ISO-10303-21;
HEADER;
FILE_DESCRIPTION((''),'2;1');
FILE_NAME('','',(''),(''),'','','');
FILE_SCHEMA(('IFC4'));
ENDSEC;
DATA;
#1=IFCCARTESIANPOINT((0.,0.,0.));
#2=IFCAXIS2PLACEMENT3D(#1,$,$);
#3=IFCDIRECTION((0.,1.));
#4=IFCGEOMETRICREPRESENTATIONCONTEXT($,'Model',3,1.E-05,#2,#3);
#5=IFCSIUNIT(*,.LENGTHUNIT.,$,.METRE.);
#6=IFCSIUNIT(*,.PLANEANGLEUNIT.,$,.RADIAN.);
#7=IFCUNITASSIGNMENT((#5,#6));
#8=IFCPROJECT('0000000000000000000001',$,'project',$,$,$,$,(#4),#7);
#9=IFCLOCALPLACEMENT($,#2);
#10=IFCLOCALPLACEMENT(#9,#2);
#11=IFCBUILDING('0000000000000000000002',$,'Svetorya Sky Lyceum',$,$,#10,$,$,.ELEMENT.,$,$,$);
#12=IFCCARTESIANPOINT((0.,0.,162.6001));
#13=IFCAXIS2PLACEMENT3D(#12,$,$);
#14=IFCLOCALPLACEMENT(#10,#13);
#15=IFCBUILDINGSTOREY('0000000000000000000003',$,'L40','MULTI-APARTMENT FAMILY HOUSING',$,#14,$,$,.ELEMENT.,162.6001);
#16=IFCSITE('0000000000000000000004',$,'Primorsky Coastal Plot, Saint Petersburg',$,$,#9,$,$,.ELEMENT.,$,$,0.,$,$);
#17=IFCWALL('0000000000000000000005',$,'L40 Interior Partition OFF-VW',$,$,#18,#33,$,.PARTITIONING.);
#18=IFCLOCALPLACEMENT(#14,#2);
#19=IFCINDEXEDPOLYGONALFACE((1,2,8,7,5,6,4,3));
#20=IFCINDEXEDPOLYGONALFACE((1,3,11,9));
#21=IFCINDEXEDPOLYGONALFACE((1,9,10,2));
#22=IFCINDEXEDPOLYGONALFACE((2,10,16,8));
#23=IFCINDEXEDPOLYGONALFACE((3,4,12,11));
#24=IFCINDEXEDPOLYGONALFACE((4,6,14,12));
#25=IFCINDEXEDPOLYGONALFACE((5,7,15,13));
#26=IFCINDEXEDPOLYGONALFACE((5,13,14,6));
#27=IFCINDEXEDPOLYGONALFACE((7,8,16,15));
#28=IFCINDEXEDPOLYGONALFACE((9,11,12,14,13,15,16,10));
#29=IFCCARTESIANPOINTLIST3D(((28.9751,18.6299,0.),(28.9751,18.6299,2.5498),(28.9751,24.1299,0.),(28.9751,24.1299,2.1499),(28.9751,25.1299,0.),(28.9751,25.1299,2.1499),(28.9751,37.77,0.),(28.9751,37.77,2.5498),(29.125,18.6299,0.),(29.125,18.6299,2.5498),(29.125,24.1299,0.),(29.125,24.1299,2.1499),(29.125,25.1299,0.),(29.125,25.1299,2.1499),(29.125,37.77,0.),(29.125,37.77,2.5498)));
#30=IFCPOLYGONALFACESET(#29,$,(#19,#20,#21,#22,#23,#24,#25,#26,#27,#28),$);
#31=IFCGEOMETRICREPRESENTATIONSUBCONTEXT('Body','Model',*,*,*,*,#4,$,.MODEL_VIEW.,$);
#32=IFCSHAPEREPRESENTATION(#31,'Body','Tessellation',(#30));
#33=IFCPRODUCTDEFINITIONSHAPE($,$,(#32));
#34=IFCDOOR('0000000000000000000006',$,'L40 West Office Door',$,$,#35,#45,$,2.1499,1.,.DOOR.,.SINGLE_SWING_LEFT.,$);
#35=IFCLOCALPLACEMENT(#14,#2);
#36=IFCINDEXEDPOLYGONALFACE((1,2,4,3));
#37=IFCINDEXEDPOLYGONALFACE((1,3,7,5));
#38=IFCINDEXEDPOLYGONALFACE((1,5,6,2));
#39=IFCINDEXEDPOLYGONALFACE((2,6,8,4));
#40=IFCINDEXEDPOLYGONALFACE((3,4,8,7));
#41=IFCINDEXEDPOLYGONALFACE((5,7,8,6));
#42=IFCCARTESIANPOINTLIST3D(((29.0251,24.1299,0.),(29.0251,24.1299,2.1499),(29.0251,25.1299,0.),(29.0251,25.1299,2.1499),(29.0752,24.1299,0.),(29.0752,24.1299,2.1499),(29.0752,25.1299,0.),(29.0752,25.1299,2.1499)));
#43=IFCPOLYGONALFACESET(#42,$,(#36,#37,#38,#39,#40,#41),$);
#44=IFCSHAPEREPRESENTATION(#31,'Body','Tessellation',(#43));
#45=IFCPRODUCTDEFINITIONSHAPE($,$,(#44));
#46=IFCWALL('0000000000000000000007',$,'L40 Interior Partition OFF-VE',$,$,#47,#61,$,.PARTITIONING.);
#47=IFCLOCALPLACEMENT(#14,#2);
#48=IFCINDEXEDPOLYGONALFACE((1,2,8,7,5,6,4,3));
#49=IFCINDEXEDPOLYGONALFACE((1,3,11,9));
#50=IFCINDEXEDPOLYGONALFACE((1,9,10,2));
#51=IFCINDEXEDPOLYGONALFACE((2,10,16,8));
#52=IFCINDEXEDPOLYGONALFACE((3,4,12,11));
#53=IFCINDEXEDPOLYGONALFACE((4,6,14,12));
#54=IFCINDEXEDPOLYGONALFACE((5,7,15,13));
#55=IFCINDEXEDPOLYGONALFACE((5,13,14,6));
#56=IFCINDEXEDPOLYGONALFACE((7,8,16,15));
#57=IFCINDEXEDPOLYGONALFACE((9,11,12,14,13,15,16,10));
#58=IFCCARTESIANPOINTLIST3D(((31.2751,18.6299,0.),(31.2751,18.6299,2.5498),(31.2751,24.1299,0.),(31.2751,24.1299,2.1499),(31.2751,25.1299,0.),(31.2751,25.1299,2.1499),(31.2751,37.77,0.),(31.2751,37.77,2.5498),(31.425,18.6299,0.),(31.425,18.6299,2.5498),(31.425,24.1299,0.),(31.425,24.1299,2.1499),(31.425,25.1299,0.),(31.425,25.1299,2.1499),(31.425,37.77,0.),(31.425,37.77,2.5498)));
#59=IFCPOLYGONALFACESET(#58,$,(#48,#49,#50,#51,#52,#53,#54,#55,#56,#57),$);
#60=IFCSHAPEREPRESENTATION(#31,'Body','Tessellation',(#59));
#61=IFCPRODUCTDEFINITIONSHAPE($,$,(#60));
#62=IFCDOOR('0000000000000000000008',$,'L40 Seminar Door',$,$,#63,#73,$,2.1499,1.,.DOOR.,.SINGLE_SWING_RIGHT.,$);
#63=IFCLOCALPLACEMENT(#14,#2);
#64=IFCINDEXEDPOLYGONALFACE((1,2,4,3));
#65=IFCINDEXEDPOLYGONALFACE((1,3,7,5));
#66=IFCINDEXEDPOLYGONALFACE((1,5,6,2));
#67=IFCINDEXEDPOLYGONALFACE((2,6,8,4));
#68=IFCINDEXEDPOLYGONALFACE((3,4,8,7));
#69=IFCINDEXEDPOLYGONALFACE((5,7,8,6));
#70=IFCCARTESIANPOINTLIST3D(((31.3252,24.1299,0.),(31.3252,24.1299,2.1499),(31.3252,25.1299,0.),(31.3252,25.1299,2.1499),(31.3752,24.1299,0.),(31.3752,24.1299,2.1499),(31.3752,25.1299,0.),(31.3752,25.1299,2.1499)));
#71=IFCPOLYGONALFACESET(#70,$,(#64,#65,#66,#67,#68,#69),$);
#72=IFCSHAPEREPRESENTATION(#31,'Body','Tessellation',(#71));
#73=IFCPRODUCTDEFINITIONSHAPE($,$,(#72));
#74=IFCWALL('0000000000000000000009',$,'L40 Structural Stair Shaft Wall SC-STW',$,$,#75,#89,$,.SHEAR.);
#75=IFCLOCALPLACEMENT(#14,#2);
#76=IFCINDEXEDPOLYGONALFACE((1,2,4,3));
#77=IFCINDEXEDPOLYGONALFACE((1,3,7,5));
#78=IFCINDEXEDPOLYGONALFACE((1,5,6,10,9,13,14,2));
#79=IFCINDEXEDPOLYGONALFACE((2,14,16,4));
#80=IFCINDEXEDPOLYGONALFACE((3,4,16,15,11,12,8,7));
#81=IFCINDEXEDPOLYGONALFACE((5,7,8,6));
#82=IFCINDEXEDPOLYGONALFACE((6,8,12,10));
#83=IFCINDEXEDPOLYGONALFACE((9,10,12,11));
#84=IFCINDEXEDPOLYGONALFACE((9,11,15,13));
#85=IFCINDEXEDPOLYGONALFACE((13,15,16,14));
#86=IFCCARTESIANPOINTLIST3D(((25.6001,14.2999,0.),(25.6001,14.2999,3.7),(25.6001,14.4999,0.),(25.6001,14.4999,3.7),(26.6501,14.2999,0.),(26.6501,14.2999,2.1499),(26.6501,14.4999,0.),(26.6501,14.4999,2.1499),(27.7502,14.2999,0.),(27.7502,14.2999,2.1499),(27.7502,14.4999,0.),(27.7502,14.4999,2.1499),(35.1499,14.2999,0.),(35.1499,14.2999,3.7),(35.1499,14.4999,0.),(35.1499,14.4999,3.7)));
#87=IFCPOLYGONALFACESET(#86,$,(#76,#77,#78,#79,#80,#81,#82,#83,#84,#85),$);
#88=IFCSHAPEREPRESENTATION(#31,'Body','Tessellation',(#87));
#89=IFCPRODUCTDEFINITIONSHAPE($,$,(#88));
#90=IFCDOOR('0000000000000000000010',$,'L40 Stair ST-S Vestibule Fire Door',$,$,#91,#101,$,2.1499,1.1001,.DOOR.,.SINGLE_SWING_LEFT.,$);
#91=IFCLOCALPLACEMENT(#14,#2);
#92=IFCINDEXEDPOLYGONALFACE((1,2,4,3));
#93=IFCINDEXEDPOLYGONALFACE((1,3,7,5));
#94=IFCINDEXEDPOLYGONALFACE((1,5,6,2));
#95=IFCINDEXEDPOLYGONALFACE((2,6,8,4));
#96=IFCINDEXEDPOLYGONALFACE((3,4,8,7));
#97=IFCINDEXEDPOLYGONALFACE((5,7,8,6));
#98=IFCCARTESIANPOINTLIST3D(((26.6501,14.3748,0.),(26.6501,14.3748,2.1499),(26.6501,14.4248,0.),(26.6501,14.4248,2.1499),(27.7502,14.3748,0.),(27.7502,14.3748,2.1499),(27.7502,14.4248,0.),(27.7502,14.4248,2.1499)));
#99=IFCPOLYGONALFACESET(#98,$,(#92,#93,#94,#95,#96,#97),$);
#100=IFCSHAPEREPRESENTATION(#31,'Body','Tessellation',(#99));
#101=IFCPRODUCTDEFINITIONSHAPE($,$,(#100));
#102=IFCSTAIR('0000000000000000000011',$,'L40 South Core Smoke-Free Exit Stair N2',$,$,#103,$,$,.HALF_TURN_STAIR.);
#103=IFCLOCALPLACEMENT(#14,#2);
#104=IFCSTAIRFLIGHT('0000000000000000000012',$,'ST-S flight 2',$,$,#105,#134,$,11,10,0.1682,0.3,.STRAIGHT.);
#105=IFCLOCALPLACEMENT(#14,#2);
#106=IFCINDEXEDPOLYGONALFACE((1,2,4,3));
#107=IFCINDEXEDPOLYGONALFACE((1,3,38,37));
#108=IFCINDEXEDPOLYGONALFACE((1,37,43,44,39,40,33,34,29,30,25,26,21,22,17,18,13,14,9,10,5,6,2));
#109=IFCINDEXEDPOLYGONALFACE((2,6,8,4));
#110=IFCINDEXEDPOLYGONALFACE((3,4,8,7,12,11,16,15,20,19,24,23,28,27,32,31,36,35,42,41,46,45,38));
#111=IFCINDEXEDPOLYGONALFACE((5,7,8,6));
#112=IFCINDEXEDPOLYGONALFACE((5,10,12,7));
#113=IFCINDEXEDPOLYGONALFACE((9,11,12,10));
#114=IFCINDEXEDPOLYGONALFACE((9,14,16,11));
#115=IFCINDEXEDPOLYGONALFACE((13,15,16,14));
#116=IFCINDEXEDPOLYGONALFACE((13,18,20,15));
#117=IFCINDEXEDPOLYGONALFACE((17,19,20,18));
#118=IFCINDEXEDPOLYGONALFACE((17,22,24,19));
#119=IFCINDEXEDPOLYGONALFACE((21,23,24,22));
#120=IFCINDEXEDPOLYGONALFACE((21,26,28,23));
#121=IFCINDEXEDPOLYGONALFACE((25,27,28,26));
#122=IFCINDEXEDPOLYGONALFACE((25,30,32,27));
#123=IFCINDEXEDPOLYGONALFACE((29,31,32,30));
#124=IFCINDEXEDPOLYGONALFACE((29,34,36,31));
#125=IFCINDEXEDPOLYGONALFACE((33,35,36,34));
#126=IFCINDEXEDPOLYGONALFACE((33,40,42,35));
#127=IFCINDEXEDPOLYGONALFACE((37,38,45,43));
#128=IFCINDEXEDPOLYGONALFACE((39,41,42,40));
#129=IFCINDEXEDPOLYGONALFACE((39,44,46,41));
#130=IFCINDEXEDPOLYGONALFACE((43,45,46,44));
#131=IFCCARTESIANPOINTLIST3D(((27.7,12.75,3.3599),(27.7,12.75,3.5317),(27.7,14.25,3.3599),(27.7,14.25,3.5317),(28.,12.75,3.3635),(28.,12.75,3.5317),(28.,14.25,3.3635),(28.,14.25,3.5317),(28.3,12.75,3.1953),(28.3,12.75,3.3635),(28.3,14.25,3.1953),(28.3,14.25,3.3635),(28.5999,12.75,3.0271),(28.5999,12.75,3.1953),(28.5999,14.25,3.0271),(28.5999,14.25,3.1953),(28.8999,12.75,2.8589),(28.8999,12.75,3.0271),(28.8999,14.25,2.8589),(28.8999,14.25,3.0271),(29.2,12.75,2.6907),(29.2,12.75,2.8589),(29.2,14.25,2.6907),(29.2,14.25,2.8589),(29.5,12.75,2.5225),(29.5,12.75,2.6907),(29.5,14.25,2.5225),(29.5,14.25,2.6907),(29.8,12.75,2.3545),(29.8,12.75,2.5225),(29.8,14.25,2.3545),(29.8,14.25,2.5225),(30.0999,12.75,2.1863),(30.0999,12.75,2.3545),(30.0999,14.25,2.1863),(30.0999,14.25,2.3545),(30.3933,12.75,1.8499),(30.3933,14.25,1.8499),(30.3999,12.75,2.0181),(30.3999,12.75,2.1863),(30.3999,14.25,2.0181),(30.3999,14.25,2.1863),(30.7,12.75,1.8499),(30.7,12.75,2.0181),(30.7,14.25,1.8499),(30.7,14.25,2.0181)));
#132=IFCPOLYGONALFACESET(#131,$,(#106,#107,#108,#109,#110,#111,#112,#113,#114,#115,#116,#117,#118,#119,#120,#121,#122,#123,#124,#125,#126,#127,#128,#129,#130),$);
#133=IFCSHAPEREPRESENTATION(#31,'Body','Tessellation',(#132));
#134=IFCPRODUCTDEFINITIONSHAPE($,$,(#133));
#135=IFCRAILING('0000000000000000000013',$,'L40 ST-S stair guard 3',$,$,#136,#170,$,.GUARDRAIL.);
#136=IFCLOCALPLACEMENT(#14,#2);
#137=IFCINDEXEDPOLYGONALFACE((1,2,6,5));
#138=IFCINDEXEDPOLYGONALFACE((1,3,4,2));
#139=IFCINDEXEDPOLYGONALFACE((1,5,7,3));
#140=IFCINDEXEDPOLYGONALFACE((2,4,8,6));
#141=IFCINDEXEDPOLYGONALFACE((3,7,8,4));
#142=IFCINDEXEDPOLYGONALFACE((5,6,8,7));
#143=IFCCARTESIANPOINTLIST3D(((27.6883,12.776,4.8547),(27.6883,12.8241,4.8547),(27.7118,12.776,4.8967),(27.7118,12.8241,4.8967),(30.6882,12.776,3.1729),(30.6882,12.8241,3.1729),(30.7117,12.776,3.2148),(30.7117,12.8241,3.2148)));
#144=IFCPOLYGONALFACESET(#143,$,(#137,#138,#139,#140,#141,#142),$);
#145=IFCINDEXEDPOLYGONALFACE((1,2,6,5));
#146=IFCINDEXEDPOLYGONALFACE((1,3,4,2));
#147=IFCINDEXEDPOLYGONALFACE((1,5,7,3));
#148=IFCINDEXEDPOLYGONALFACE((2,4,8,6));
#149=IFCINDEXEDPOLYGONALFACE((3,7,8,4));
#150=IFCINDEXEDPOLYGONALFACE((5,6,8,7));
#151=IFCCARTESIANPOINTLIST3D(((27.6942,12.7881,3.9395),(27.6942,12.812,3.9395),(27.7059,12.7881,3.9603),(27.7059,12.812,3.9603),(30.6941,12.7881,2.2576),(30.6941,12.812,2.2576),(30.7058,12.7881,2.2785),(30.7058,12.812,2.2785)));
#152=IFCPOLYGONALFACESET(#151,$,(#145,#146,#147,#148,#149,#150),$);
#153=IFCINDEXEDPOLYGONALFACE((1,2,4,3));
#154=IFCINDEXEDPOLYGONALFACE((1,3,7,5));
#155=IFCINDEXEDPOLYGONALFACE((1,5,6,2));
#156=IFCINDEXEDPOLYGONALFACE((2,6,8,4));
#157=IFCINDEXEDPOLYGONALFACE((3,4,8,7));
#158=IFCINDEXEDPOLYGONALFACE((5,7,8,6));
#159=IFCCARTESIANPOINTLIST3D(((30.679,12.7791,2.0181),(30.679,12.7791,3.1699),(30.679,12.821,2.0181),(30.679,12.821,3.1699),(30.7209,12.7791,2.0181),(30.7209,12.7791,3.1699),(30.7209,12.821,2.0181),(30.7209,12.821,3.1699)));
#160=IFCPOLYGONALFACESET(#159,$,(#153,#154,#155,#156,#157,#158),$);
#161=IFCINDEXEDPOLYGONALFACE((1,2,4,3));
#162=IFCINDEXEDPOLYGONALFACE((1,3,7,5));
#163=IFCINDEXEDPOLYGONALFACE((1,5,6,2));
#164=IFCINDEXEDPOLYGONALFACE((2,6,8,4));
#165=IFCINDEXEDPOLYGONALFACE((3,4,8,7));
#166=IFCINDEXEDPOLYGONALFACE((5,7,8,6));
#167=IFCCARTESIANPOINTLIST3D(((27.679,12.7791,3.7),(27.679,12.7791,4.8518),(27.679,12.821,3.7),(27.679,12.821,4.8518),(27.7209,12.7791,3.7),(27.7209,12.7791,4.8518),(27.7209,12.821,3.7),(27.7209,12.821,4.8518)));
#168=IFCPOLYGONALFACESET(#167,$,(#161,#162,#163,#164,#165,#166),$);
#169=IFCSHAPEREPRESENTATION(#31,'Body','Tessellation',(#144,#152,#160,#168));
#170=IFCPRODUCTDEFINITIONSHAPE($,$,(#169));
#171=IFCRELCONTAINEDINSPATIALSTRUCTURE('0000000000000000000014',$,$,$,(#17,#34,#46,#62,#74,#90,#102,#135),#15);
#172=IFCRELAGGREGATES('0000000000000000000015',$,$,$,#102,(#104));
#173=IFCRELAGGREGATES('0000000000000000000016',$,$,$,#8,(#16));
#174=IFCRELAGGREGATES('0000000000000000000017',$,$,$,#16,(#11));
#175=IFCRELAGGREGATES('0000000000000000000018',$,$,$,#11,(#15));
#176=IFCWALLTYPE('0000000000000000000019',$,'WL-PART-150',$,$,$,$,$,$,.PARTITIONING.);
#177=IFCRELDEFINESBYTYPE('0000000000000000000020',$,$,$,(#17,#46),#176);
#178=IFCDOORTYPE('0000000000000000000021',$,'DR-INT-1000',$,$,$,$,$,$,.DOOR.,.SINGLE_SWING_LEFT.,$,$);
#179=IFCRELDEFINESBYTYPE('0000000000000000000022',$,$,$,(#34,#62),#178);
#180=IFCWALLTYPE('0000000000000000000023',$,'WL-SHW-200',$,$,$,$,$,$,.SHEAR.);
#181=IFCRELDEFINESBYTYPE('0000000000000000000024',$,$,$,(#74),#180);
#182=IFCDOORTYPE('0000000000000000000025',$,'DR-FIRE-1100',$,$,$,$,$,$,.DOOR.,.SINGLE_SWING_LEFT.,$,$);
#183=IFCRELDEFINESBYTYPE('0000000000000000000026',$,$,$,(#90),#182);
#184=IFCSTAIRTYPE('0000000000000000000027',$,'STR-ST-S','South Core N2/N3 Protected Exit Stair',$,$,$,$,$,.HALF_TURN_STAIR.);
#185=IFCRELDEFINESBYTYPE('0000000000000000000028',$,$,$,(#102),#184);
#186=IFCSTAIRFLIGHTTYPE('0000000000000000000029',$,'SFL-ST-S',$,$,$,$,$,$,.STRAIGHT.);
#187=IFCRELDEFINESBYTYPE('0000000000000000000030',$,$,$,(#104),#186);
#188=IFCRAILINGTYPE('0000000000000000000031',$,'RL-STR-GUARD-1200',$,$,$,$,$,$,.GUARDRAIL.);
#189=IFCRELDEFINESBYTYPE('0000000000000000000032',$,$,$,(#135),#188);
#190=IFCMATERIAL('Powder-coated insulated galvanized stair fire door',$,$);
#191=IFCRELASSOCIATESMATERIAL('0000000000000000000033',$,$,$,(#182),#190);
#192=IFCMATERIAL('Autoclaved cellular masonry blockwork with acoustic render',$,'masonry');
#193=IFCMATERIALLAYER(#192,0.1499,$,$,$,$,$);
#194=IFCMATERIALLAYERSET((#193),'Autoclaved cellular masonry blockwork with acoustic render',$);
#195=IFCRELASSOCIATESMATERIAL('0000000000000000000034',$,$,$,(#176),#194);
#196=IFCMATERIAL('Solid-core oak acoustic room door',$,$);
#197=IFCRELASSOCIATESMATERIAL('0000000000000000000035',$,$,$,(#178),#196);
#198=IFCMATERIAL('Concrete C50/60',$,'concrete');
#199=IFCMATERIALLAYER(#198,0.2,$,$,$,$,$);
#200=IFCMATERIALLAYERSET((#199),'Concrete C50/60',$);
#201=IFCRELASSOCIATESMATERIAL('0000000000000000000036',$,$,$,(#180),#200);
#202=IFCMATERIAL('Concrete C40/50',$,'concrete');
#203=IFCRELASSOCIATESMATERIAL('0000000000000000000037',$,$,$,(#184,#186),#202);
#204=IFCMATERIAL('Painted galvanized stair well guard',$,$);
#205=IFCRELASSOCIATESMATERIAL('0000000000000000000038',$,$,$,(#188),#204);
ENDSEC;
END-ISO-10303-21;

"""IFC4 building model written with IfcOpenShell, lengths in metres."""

from ifc_helpers import new_model, si_unit, direction, frame, frame_2d, origin, origin_2d, place, context, subcontext, project, spatial, polyline, rectangle, outline, extrude, material, layer, layer_set, type_object, element, fill, aggregate, save


model = new_model("IFC4")

# Units and contexts
model_context = context("Model", 3, precision=1e-05, world=origin(), true_north=direction((0.0, 1.0)))
body_context = subcontext(model_context, "Body", "Model", "MODEL_VIEW")
ifc_project = project(units=[si_unit("LENGTHUNIT", "METRE"), si_unit("PLANEANGLEUNIT", "RADIAN")], contexts=[model_context])

# Site, building, storey
site_placement = place(None, origin())
site = spatial("IfcSite", under=ifc_project, at=site_placement, Name="Primorsky Coastal Plot, Saint Petersburg", CompositionType="ELEMENT", RefElevation=0.0)
building_placement = place(site_placement, origin())
building = spatial("IfcBuilding", under=site, at=building_placement, Name="Svetorya Sky Lyceum", CompositionType="ELEMENT")
storey_placement = place(building_placement, frame((0.0, 0.0, 162.6001)))
storey = spatial("IfcBuildingStorey", under=building, at=storey_placement, Name="L40", Description="MULTI-APARTMENT FAMILY HOUSING", CompositionType="ELEMENT", Elevation=162.6001)

# Shared definitions
ifc_material_1 = material(Name="Concrete C50/60", Category="concrete")

# Shared definitions
ifc_material_2 = material(Name="Powder-coated insulated galvanized stair fire door")
door_type_1 = type_object("IfcDoorType", Name="DR-FIRE-1100", OperationType="SINGLE_SWING_LEFT", PredefinedType="DOOR", material=ifc_material_2)

# Shared definitions
ifc_material_3 = material(Name="Autoclaved cellular masonry blockwork with acoustic render", Category="masonry")
ifc_layer_1 = layer(ifc_material_3, 0.1499)
ifc_layer_set_1 = layer_set([ifc_layer_1], Name="Autoclaved cellular masonry blockwork with acoustic render")
wall_type_1 = type_object("IfcWallType", Name="WL-PART-150", PredefinedType="PARTITIONING", material=ifc_layer_set_1)

# Walls, openings, doors
wall_1_placement = place(storey_placement, frame((29.05, 18.6299, 0.0), z_axis=(0.0, 0.0, 1.0), x_axis=(0.0, 1.0, 0.0)))
wall_1 = element("IfcWall", 1, at=wall_1_placement, inside=storey, type_object=wall_type_1, Name="L40 Interior Partition OFF-VW", PredefinedType="PARTITIONING", context=body_context, shape_type="SweptSolid", body=[
    extrude(rectangle(XDim=19.1401, YDim=0.1499, at=frame_2d((9.5701, 0.0))), origin(), (0.0, 0.0, 1.0), 2.5498),
])
opening_1_placement = place(wall_1_placement, frame((5.5, 0.0, 0.0)))
opening_1 = element("IfcOpeningElement", 2, at=opening_1_placement, cuts=wall_1, PredefinedType="OPENING", context=body_context, shape_type="SweptSolid", body=[
    extrude(rectangle(XDim=1.0, YDim=2.1499, at=frame_2d((0.5, 1.075))), frame((0.0, 0.085, 0.0), z_axis=(0.0, -1.0, 0.0), x_axis=(1.0, 0.0, 0.0)), (0.0, 0.0, 1.0), 0.1699),
])
ifc_material_4 = material(Name="Solid-core oak acoustic room door")
door_type_2 = type_object("IfcDoorType", Name="DR-INT-1000", OperationType="SINGLE_SWING_LEFT", PredefinedType="DOOR", material=ifc_material_4)
door_1_placement = place(opening_1_placement, origin())
door_1 = element("IfcDoor", 3, at=door_1_placement, inside=storey, type_object=door_type_2, Name="L40 West Office Door", OperationType="SINGLE_SWING_LEFT", OverallHeight=2.1499, OverallWidth=1.0, PredefinedType="DOOR", context=body_context, shape_type="SweptSolid", body=[
    extrude(rectangle(XDim=1.0, YDim=2.1499, at=frame_2d((0.5, 1.075))), frame((0.0, 0.0249, 0.0), z_axis=(0.0, -1.0, 0.0), x_axis=(1.0, 0.0, 0.0)), (0.0, 0.0, 1.0), 0.05),
])
fill(opening_1, door_1)
wall_2_placement = place(storey_placement, frame((31.3501, 18.6299, 0.0), z_axis=(0.0, 0.0, 1.0), x_axis=(0.0, 1.0, 0.0)))
wall_2 = element("IfcWall", 4, at=wall_2_placement, inside=storey, type_object=wall_type_1, Name="L40 Interior Partition OFF-VE", PredefinedType="PARTITIONING", context=body_context, shape_type="SweptSolid", body=[
    extrude(rectangle(XDim=19.1401, YDim=0.1499, at=frame_2d((9.5701, 0.0))), origin(), (0.0, 0.0, 1.0), 2.5498),
])
opening_2_placement = place(wall_2_placement, frame((5.5, 0.0, 0.0)))
opening_2 = element("IfcOpeningElement", 5, at=opening_2_placement, cuts=wall_2, PredefinedType="OPENING", context=body_context, shape_type="SweptSolid", body=[
    extrude(rectangle(XDim=1.0, YDim=2.1499, at=frame_2d((0.5, 1.075))), frame((0.0, 0.085, 0.0), z_axis=(0.0, -1.0, 0.0), x_axis=(1.0, 0.0, 0.0)), (0.0, 0.0, 1.0), 0.1699),
])
door_2_placement = place(opening_2_placement, origin())
door_2 = element("IfcDoor", 6, at=door_2_placement, inside=storey, type_object=door_type_2, Name="L40 Seminar Door", OperationType="SINGLE_SWING_RIGHT", OverallHeight=2.1499, OverallWidth=1.0, PredefinedType="DOOR", context=body_context, shape_type="SweptSolid", body=[
    extrude(rectangle(XDim=1.0, YDim=2.1499, at=frame_2d((0.5, 1.075))), frame((0.0, 0.0249, 0.0), z_axis=(0.0, -1.0, 0.0), x_axis=(1.0, 0.0, 0.0)), (0.0, 0.0, 1.0), 0.05),
])
fill(opening_2, door_2)
ifc_layer_2 = layer(ifc_material_1, 0.2)
ifc_layer_set_2 = layer_set([ifc_layer_2], Name="Concrete C50/60")
wall_type_2 = type_object("IfcWallType", Name="WL-SHW-200", PredefinedType="SHEAR", material=ifc_layer_set_2)
wall_3_placement = place(storey_placement, frame((25.6001, 14.3999, 0.0), z_axis=(0.0, 0.0, 1.0), x_axis=(1.0, 0.0, 0.0)))
wall_3 = element("IfcWall", 7, at=wall_3_placement, inside=storey, type_object=wall_type_2, Name="L40 Structural Stair Shaft Wall SC-STW", PredefinedType="SHEAR", context=body_context, shape_type="SweptSolid", body=[
    extrude(rectangle(XDim=9.5498, YDim=0.2, at=frame_2d((4.7749, 0.0))), origin(), (0.0, 0.0, 1.0), 3.7),
])
opening_3_placement = place(wall_3_placement, frame((1.05, 0.0, 0.0)))
opening_3 = element("IfcOpeningElement", 8, at=opening_3_placement, cuts=wall_3, PredefinedType="OPENING", context=body_context, shape_type="SweptSolid", body=[
    extrude(rectangle(XDim=1.1001, YDim=2.1499, at=frame_2d((0.55, 1.075))), frame((0.0, 0.1099, 0.0), z_axis=(0.0, -1.0, 0.0), x_axis=(1.0, 0.0, 0.0)), (0.0, 0.0, 1.0), 0.22),
])
door_3_placement = place(opening_3_placement, origin())
door_3 = element("IfcDoor", 9, at=door_3_placement, inside=storey, type_object=door_type_1, Name="L40 Stair ST-S Vestibule Fire Door", OperationType="SINGLE_SWING_LEFT", OverallHeight=2.1499, OverallWidth=1.1001, PredefinedType="DOOR", context=body_context, shape_type="SweptSolid", body=[
    extrude(rectangle(XDim=1.1001, YDim=2.1499, at=frame_2d((0.55, 1.075))), frame((0.0, 0.0249, 0.0), z_axis=(0.0, -1.0, 0.0), x_axis=(1.0, 0.0, 0.0)), (0.0, 0.0, 1.0), 0.05),
])
fill(opening_3, door_3)

# Stair, stair flight
ifc_material_5 = material(Name="Concrete C40/50", Category="concrete")
stair_type = type_object("IfcStairType", Name="STR-ST-S", Description="South Core N2/N3 Protected Exit Stair", PredefinedType="HALF_TURN_STAIR", material=ifc_material_5)
stair_placement = place(storey_placement, origin())
stair = element("IfcStair", 10, at=stair_placement, inside=storey, type_object=stair_type, Name="L40 South Core Smoke-Free Exit Stair N2", PredefinedType="HALF_TURN_STAIR")
stair_flight_type = type_object("IfcStairFlightType", Name="SFL-ST-S", PredefinedType="STRAIGHT", material=ifc_material_5)
stair_flight_placement = place(storey_placement, frame((30.7, 13.5, 1.8499), z_axis=(0.0, 0.0, 1.0), x_axis=(-1.0, 0.0, 0.0)))
stair_flight = element("IfcStairFlight", 11, at=stair_flight_placement, type_object=stair_flight_type, Name="ST-S flight 2", NumberOfRisers=11, NumberOfTreads=10, PredefinedType="STRAIGHT", RiserHeight=0.1682, TreadLength=0.3, context=body_context, shape_type="SweptSolid", body=[
    extrude(outline(polyline([(0.0, 0.0), (0.0, 0.1682), (0.3, 0.1682), (0.3, 0.3364), (0.6001, 0.3364), (0.6001, 0.5046), (0.8999, 0.5046), (0.8999, 0.6726), (1.2, 0.6726), (1.2, 0.8408), (1.5, 0.8408), (1.5, 1.009), (1.8, 1.009), (1.8, 1.1772), (2.1001, 1.1772), (2.1001, 1.3455), (2.3999, 1.3455), (2.3999, 1.5137), (2.7, 1.5137), (2.7, 1.6819), (3.0, 1.6819), (3.0, 1.8501), (3.0, 1.51), (0.3066, 0.0), (0.0, 0.0)])), frame((0.0, 0.75, 0.0), z_axis=(0.0, -1.0, 0.0), x_axis=(1.0, 0.0, 0.0)), (0.0, 0.0, 1.0), 1.5),
])
aggregate(stair, [stair_flight])

# Railing
ifc_material_6 = material(Name="Painted galvanized stair well guard")
railing_type_1 = type_object("IfcRailingType", Name="RL-STR-GUARD-1200", PredefinedType="GUARDRAIL", material=ifc_material_6)
railing_1_placement = place(storey_placement, frame((30.7, 12.8, 2.0181)))
element("IfcRailing", 12, at=railing_1_placement, inside=storey, type_object=railing_type_1, Name="L40 ST-S stair guard 3", PredefinedType="GUARDRAIL", context=body_context, shape_type="SweptSolid", body=[
    extrude(rectangle(XDim=0.0481, YDim=0.0481, at=origin_2d()), frame((0.0, 0.0, 1.1758), z_axis=(-0.872272, 0.0, 0.48902), x_axis=(0.0, -1.0, 0.0)), (0.0, 0.0, 1.0), 3.4392),
    extrude(rectangle(XDim=0.0239, YDim=0.0239, at=origin_2d()), frame((0.0, 0.0, 0.25), z_axis=(-0.872272, 0.0, 0.48902), x_axis=(0.0, -1.0, 0.0)), (0.0, 0.0, 1.0), 3.4392),
    extrude(rectangle(XDim=0.042, YDim=0.042, at=origin_2d()), origin(), (0.0, 0.0, 1.0), 1.1519),
    extrude(rectangle(XDim=0.042, YDim=0.042, at=origin_2d()), frame((-3.0, 0.0, 1.6819)), (0.0, 0.0, 1.0), 1.1519),
])

save(model, "model.ifc")
